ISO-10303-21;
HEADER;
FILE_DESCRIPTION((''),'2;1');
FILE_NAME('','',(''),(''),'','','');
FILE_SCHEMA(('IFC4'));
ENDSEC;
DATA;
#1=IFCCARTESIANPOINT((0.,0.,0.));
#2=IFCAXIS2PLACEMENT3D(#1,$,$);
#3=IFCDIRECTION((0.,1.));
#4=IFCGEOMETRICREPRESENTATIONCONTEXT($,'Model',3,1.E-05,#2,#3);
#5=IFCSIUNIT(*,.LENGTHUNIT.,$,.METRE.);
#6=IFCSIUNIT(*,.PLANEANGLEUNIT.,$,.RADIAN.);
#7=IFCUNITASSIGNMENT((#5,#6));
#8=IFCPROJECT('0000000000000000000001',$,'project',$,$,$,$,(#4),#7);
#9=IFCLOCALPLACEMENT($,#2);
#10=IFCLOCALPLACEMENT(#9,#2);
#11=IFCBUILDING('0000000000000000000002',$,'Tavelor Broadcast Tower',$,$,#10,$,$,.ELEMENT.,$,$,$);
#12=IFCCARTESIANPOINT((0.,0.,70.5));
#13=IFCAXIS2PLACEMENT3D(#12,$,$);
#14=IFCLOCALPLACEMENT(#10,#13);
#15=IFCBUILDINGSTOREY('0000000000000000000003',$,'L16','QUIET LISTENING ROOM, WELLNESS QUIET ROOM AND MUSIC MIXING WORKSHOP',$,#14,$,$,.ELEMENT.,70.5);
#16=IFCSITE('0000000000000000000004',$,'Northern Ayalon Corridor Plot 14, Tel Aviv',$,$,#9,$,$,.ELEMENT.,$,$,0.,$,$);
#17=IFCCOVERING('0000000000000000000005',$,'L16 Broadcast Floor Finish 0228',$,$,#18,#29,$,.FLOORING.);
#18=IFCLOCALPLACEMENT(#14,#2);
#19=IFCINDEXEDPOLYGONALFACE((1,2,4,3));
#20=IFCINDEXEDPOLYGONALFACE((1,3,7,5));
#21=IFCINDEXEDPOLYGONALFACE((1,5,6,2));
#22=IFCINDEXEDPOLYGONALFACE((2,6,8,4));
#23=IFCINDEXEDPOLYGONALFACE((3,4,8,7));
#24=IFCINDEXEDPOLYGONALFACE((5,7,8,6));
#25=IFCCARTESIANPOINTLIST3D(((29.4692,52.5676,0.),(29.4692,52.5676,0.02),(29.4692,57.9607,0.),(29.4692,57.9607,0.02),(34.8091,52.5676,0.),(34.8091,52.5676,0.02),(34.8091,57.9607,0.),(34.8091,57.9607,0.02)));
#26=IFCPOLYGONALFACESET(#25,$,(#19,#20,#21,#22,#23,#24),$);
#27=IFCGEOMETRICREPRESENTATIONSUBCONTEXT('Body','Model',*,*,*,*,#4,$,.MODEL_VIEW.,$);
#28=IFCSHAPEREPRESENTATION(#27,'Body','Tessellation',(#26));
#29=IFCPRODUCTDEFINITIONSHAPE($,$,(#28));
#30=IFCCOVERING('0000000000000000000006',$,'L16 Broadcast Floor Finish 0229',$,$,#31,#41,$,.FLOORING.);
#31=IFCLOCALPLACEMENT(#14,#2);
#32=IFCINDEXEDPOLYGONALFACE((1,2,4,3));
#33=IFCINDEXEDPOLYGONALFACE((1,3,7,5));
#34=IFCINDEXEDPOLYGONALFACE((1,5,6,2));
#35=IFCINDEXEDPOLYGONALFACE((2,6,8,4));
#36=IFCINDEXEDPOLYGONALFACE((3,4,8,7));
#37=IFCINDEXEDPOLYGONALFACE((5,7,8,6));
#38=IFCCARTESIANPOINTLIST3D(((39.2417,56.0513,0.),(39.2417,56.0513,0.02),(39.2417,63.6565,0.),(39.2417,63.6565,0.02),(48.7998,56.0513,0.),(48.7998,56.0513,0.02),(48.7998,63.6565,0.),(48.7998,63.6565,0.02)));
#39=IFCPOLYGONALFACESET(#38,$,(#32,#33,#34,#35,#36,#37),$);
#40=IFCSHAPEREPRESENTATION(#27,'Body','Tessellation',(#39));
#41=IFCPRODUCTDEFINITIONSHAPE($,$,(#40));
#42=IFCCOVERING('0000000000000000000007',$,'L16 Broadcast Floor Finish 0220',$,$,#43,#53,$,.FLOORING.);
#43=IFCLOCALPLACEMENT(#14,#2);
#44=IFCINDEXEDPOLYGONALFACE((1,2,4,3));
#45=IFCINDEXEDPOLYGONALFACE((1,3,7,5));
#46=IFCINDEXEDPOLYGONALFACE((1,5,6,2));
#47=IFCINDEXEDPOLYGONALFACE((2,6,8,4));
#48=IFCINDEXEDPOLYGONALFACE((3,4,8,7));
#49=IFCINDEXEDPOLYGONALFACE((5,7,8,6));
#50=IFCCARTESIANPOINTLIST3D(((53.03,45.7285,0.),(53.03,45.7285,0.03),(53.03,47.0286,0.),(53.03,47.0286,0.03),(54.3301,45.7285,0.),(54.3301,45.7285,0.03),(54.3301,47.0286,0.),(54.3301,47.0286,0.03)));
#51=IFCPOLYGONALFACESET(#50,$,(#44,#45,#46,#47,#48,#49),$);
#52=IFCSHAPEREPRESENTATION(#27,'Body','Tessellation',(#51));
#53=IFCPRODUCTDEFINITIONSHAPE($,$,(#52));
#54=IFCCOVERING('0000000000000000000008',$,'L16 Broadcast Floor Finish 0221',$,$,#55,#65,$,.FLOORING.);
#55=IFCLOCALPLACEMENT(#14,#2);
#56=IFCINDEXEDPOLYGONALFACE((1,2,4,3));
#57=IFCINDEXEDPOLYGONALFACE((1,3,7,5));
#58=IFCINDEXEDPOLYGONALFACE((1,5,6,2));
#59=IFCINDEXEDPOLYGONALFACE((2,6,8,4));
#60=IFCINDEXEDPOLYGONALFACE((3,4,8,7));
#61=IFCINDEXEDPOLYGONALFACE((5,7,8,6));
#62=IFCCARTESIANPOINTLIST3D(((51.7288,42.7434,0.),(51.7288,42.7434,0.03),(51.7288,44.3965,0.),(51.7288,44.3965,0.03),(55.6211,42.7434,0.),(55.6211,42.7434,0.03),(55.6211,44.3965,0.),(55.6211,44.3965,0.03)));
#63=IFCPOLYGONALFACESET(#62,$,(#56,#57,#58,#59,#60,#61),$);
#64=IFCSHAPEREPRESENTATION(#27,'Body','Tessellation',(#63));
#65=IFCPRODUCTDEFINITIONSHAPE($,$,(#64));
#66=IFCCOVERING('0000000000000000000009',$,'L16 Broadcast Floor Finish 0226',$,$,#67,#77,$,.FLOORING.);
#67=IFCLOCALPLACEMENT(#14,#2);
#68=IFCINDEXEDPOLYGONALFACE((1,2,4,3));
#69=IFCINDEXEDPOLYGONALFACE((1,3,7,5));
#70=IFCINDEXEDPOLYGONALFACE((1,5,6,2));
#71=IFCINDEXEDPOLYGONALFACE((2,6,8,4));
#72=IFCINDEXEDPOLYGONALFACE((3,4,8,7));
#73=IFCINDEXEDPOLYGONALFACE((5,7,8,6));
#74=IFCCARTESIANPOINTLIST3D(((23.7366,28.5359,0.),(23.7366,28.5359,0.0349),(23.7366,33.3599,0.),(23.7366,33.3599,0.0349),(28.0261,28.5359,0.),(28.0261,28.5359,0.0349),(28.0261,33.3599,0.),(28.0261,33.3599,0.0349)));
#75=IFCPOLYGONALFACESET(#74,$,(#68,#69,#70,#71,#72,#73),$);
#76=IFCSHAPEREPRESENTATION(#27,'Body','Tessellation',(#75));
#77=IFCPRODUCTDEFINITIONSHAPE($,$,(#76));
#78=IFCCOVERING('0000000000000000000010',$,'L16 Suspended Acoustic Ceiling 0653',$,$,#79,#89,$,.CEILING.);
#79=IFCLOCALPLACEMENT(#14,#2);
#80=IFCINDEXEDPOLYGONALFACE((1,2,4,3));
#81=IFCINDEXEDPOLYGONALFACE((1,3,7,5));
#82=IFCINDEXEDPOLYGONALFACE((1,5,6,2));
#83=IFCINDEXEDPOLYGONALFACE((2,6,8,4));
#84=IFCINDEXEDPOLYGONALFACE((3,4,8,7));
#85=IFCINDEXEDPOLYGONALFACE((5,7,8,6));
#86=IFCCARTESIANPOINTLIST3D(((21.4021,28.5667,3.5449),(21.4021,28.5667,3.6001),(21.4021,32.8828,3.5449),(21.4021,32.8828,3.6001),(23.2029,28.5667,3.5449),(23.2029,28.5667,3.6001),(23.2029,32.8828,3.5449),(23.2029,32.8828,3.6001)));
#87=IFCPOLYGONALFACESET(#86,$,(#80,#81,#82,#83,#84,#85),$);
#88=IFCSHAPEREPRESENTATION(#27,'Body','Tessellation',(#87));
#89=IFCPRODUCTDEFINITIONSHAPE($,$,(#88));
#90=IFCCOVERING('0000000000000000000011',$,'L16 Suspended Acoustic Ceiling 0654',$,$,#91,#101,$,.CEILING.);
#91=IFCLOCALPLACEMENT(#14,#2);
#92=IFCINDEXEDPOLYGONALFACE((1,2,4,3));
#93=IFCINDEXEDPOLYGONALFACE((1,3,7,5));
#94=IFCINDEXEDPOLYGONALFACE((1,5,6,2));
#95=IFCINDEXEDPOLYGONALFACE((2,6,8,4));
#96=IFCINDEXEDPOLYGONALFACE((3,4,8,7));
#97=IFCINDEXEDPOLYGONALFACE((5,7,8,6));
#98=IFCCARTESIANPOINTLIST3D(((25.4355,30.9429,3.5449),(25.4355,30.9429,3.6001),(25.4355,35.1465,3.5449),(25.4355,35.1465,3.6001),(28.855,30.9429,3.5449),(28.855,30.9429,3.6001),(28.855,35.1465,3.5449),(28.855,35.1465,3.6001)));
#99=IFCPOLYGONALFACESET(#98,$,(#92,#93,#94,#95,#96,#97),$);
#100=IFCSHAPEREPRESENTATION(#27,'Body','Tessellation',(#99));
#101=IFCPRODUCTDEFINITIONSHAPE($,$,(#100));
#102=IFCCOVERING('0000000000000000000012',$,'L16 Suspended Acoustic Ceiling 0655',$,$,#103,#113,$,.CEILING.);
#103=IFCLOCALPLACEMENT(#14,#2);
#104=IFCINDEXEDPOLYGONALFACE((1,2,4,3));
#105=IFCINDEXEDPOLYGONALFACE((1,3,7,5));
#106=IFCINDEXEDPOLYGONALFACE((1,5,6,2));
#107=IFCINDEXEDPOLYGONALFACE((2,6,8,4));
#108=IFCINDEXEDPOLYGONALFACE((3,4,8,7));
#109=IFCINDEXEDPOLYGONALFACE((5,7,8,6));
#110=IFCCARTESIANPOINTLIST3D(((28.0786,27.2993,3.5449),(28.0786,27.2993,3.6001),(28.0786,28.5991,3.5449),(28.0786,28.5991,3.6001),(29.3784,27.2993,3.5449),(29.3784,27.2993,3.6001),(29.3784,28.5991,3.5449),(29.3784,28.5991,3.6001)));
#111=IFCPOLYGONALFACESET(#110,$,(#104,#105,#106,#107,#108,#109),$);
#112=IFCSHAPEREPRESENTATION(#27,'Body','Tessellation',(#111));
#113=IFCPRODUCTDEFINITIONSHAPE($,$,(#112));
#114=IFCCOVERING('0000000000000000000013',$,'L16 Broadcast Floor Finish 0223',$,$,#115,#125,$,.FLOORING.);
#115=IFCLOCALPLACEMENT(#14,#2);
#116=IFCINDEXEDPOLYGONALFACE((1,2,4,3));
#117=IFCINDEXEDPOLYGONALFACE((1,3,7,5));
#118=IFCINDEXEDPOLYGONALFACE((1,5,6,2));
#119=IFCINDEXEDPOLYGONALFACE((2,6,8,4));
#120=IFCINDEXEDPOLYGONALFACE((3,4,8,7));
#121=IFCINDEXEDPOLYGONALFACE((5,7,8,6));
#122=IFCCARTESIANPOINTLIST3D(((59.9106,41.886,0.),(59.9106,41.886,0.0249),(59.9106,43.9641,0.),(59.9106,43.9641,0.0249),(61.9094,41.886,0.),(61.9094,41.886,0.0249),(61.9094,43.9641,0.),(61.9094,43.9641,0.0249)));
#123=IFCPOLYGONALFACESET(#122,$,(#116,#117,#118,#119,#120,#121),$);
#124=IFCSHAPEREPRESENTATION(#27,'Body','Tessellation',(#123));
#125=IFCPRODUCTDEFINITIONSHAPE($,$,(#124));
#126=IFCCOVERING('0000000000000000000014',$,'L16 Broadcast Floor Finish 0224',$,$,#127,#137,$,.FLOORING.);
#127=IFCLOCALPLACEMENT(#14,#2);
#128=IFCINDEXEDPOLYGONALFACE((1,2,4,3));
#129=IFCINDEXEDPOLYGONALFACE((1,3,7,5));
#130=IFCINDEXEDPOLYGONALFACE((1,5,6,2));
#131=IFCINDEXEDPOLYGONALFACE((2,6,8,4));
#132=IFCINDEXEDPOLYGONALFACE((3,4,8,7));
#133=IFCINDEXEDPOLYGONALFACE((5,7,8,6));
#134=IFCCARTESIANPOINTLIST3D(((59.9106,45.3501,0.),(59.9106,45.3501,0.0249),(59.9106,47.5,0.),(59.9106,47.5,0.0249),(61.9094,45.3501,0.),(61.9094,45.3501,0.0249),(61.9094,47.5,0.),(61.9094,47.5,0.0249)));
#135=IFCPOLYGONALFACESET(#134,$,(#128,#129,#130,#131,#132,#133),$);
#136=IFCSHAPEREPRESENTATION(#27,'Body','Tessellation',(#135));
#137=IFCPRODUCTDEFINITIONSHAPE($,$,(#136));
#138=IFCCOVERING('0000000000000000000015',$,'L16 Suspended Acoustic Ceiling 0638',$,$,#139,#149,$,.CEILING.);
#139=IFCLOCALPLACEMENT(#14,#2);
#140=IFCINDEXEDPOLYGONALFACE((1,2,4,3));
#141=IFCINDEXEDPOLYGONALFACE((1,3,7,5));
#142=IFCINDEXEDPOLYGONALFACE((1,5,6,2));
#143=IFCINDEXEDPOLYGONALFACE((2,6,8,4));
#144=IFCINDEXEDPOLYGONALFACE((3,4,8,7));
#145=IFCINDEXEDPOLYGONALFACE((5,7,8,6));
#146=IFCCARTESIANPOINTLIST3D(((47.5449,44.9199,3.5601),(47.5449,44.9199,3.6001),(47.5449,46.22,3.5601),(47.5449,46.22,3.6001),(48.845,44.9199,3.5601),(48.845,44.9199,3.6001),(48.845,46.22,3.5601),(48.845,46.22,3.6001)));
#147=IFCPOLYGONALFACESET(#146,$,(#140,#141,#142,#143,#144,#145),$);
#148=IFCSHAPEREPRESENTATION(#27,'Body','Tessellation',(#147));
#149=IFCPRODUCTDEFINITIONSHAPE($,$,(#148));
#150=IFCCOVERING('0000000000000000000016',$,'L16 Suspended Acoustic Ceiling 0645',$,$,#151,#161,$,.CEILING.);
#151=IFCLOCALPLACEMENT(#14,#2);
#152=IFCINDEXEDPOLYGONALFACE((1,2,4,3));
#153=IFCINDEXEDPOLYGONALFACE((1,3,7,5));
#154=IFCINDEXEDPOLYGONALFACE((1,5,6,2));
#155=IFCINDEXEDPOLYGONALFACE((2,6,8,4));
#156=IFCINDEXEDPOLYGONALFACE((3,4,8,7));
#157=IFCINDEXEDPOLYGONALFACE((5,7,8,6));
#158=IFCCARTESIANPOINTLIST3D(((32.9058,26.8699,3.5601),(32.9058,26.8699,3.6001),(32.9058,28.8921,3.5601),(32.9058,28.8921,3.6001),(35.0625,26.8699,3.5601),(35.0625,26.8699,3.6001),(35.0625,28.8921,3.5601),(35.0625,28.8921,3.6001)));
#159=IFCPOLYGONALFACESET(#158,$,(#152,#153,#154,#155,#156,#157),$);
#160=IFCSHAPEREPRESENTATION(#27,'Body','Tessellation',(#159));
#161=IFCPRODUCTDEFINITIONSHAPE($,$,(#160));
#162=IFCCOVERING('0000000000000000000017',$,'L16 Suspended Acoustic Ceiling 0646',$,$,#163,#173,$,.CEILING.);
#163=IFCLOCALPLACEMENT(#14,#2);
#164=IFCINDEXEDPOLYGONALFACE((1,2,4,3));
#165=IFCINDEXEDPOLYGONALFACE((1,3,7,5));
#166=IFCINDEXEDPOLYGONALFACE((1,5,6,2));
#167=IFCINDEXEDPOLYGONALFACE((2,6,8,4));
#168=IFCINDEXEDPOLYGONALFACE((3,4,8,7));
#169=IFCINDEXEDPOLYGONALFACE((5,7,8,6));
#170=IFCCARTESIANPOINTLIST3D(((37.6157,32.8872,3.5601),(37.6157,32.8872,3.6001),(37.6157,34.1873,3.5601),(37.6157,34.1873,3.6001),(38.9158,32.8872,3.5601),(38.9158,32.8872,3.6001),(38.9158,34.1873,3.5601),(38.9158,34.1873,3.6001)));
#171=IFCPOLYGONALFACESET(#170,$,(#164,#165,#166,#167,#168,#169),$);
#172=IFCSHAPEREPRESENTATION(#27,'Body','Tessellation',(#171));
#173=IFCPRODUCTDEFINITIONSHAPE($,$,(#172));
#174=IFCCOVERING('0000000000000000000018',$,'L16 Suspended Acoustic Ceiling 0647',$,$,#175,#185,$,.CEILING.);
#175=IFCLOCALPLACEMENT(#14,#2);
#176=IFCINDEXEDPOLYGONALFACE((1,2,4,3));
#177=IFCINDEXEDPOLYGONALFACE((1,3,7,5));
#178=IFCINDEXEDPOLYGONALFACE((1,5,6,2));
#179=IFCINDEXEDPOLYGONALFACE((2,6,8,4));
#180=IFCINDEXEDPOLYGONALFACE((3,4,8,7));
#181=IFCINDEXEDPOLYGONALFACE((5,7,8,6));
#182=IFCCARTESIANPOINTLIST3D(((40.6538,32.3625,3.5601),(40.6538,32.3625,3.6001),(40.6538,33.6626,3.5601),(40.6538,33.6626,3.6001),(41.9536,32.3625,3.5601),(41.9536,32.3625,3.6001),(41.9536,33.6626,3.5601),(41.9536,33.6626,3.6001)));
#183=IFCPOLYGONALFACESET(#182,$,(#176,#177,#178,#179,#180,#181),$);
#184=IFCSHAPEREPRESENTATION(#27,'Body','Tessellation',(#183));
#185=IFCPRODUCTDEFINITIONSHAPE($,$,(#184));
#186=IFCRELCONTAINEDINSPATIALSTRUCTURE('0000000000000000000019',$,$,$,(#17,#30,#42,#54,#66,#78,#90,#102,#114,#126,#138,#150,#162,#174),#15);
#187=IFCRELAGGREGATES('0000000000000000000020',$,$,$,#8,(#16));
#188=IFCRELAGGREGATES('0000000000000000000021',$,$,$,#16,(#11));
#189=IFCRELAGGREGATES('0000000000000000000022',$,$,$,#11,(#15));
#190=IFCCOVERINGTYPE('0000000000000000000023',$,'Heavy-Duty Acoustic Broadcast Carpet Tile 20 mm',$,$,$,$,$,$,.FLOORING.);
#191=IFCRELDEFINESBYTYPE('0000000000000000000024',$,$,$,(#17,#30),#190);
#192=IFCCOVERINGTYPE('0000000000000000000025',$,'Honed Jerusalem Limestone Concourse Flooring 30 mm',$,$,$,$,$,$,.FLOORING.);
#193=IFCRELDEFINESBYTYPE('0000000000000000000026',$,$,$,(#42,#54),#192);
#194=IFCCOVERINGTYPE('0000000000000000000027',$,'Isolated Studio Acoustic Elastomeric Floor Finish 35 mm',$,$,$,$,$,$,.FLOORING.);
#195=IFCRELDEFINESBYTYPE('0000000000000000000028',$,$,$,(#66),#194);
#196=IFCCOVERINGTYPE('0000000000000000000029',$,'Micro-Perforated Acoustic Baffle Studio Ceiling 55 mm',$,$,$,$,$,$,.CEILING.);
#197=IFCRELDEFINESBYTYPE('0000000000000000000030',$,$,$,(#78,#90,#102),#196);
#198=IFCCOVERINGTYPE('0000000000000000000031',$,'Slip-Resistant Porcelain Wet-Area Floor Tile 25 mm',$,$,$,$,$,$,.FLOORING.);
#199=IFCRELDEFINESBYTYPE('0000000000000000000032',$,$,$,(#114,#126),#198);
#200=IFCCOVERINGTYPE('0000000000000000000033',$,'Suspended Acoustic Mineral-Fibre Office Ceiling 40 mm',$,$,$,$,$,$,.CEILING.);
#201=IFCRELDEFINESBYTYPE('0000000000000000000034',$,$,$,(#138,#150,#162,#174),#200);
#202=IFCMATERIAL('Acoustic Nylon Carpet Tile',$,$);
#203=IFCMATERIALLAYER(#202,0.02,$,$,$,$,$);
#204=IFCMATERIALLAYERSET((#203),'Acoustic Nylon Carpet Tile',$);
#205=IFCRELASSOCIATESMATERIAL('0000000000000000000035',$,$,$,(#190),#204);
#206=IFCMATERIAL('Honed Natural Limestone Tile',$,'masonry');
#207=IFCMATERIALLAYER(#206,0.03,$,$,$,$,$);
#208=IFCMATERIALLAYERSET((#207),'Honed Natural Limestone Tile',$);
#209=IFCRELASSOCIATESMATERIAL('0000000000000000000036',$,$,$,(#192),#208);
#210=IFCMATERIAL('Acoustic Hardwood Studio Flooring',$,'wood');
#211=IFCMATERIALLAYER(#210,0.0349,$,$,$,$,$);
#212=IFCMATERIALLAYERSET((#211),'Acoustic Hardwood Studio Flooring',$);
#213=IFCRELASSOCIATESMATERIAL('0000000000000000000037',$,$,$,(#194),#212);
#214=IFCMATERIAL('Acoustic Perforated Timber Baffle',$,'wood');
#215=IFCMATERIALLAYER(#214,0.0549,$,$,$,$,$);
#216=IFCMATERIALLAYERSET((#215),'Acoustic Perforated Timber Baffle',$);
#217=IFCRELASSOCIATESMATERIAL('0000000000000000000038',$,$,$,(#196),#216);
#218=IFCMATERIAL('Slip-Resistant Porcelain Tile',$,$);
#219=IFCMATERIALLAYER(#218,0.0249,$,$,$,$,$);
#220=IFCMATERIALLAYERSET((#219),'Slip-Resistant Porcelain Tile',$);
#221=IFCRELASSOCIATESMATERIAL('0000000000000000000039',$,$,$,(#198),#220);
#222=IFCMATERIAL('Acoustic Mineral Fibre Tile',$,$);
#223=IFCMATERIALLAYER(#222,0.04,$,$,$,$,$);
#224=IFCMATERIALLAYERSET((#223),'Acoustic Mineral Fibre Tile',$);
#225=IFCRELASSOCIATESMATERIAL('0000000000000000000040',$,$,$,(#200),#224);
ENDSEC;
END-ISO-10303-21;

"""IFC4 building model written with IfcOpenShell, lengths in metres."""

from ifc_helpers import new_model, si_unit, direction, frame, origin, place, context, subcontext, project, spatial, polyline, outline, extrude, material, layer, layer_set, type_object, element, save


model = new_model("IFC4")

# Units and contexts
model_context = context("Model", 3, precision=1e-05, world=origin(), true_north=direction((0.0, 1.0)))
body_context = subcontext(model_context, "Body", "Model", "MODEL_VIEW")
ifc_project = project(units=[si_unit("LENGTHUNIT", "METRE"), si_unit("PLANEANGLEUNIT", "RADIAN")], contexts=[model_context])

# Site, building, storey
site_placement = place(None, origin())
site = spatial("IfcSite", under=ifc_project, at=site_placement, Name="Northern Ayalon Corridor Plot 14, Tel Aviv", CompositionType="ELEMENT", RefElevation=0.0)
building_placement = place(site_placement, origin())
building = spatial("IfcBuilding", under=site, at=building_placement, Name="Tavelor Broadcast Tower", CompositionType="ELEMENT")
storey_placement = place(building_placement, frame((0.0, 0.0, 70.5)))
storey = spatial("IfcBuildingStorey", under=building, at=storey_placement, Name="L16", Description="QUIET LISTENING ROOM, WELLNESS QUIET ROOM AND MUSIC MIXING WORKSHOP", CompositionType="ELEMENT", Elevation=70.5)

# Coverings
ifc_material_1 = material(Name="Acoustic Nylon Carpet Tile")
ifc_layer_1 = layer(ifc_material_1, 0.02)
ifc_layer_set_1 = layer_set([ifc_layer_1], Name="Acoustic Nylon Carpet Tile")
covering_type_1 = type_object("IfcCoveringType", Name="Heavy-Duty Acoustic Broadcast Carpet Tile 20 mm", PredefinedType="FLOORING", material=ifc_layer_set_1)
covering_1_placement = place(storey_placement, origin())
element("IfcCovering", 1, at=covering_1_placement, inside=storey, type_object=covering_type_1, Name="L16 Broadcast Floor Finish 0228", PredefinedType="FLOORING", context=body_context, shape_type="SweptSolid", body=[
    extrude(outline(polyline([(29.4692, 52.5676), (34.8091, 52.5676), (34.8091, 57.9607), (29.4692, 57.9607), (29.4692, 52.5676)])), origin(), (0.0, 0.0, 1.0), 0.02),
])
covering_2_placement = place(storey_placement, origin())
element("IfcCovering", 2, at=covering_2_placement, inside=storey, type_object=covering_type_1, Name="L16 Broadcast Floor Finish 0229", PredefinedType="FLOORING", context=body_context, shape_type="SweptSolid", body=[
    extrude(outline(polyline([(39.2417, 56.0513), (48.7998, 56.0513), (48.7998, 63.6565), (39.2417, 63.6565), (39.2417, 56.0513)])), origin(), (0.0, 0.0, 1.0), 0.02),
])
ifc_material_2 = material(Name="Honed Natural Limestone Tile", Category="masonry")
ifc_layer_2 = layer(ifc_material_2, 0.03)
ifc_layer_set_2 = layer_set([ifc_layer_2], Name="Honed Natural Limestone Tile")
covering_type_2 = type_object("IfcCoveringType", Name="Honed Jerusalem Limestone Concourse Flooring 30 mm", PredefinedType="FLOORING", material=ifc_layer_set_2)
covering_3_placement = place(storey_placement, origin())
element("IfcCovering", 3, at=covering_3_placement, inside=storey, type_object=covering_type_2, Name="L16 Broadcast Floor Finish 0220", PredefinedType="FLOORING", context=body_context, shape_type="SweptSolid", body=[
    extrude(outline(polyline([(53.03, 45.7285), (54.3301, 45.7285), (54.3301, 47.0286), (53.03, 47.0286), (53.03, 45.7285)])), origin(), (0.0, 0.0, 1.0), 0.03),
])
covering_4_placement = place(storey_placement, origin())
element("IfcCovering", 4, at=covering_4_placement, inside=storey, type_object=covering_type_2, Name="L16 Broadcast Floor Finish 0221", PredefinedType="FLOORING", context=body_context, shape_type="SweptSolid", body=[
    extrude(outline(polyline([(51.7288, 42.7434), (55.6211, 42.7434), (55.6211, 44.3965), (51.7288, 44.3965), (51.7288, 42.7434)])), origin(), (0.0, 0.0, 1.0), 0.03),
])
ifc_material_3 = material(Name="Acoustic Hardwood Studio Flooring", Category="wood")
ifc_layer_3 = layer(ifc_material_3, 0.0349)
ifc_layer_set_3 = layer_set([ifc_layer_3], Name="Acoustic Hardwood Studio Flooring")
covering_type_3 = type_object("IfcCoveringType", Name="Isolated Studio Acoustic Elastomeric Floor Finish 35 mm", PredefinedType="FLOORING", material=ifc_layer_set_3)
covering_5_placement = place(storey_placement, origin())
element("IfcCovering", 5, at=covering_5_placement, inside=storey, type_object=covering_type_3, Name="L16 Broadcast Floor Finish 0226", PredefinedType="FLOORING", context=body_context, shape_type="SweptSolid", body=[
    extrude(outline(polyline([(23.7366, 28.5359), (28.0261, 28.5359), (28.0261, 33.3599), (23.7366, 33.3599), (23.7366, 28.5359)])), origin(), (0.0, 0.0, 1.0), 0.0349),
])
ifc_material_4 = material(Name="Acoustic Perforated Timber Baffle", Category="wood")
ifc_layer_4 = layer(ifc_material_4, 0.0549)
ifc_layer_set_4 = layer_set([ifc_layer_4], Name="Acoustic Perforated Timber Baffle")
covering_type_4 = type_object("IfcCoveringType", Name="Micro-Perforated Acoustic Baffle Studio Ceiling 55 mm", PredefinedType="CEILING", material=ifc_layer_set_4)
covering_6_placement = place(storey_placement, frame((0.0, 0.0, 3.5449)))
element("IfcCovering", 6, at=covering_6_placement, inside=storey, type_object=covering_type_4, Name="L16 Suspended Acoustic Ceiling 0653", PredefinedType="CEILING", context=body_context, shape_type="SweptSolid", body=[
    extrude(outline(polyline([(21.4021, 28.5667), (23.2029, 28.5667), (23.2029, 32.8828), (21.4021, 32.8828), (21.4021, 28.5667)])), origin(), (0.0, 0.0, 1.0), 0.0552),
])
covering_7_placement = place(storey_placement, frame((0.0, 0.0, 3.5449)))
element("IfcCovering", 7, at=covering_7_placement, inside=storey, type_object=covering_type_4, Name="L16 Suspended Acoustic Ceiling 0654", PredefinedType="CEILING", context=body_context, shape_type="SweptSolid", body=[
    extrude(outline(polyline([(25.4355, 30.9429), (28.855, 30.9429), (28.855, 35.1465), (25.4355, 35.1465), (25.4355, 30.9429)])), origin(), (0.0, 0.0, 1.0), 0.0552),
])
covering_8_placement = place(storey_placement, frame((0.0, 0.0, 3.5449)))
element("IfcCovering", 8, at=covering_8_placement, inside=storey, type_object=covering_type_4, Name="L16 Suspended Acoustic Ceiling 0655", PredefinedType="CEILING", context=body_context, shape_type="SweptSolid", body=[
    extrude(outline(polyline([(28.0786, 27.2993), (29.3784, 27.2993), (29.3784, 28.5991), (28.0786, 28.5991), (28.0786, 27.2993)])), origin(), (0.0, 0.0, 1.0), 0.0552),
])
ifc_material_5 = material(Name="Slip-Resistant Porcelain Tile")
ifc_layer_5 = layer(ifc_material_5, 0.0249)
ifc_layer_set_5 = layer_set([ifc_layer_5], Name="Slip-Resistant Porcelain Tile")
covering_type_5 = type_object("IfcCoveringType", Name="Slip-Resistant Porcelain Wet-Area Floor Tile 25 mm", PredefinedType="FLOORING", material=ifc_layer_set_5)
covering_9_placement = place(storey_placement, origin())
element("IfcCovering", 9, at=covering_9_placement, inside=storey, type_object=covering_type_5, Name="L16 Broadcast Floor Finish 0223", PredefinedType="FLOORING", context=body_context, shape_type="SweptSolid", body=[
    extrude(outline(polyline([(59.9106, 41.886), (61.9094, 41.886), (61.9094, 43.9641), (59.9106, 43.9641), (59.9106, 41.886)])), origin(), (0.0, 0.0, 1.0), 0.0249),
])
covering_10_placement = place(storey_placement, origin())
element("IfcCovering", 10, at=covering_10_placement, inside=storey, type_object=covering_type_5, Name="L16 Broadcast Floor Finish 0224", PredefinedType="FLOORING", context=body_context, shape_type="SweptSolid", body=[
    extrude(outline(polyline([(59.9106, 45.3501), (61.9094, 45.3501), (61.9094, 47.5), (59.9106, 47.5), (59.9106, 45.3501)])), origin(), (0.0, 0.0, 1.0), 0.0249),
])
ifc_material_6 = material(Name="Acoustic Mineral Fibre Tile")
ifc_layer_6 = layer(ifc_material_6, 0.04)
ifc_layer_set_6 = layer_set([ifc_layer_6], Name="Acoustic Mineral Fibre Tile")
covering_type_6 = type_object("IfcCoveringType", Name="Suspended Acoustic Mineral-Fibre Office Ceiling 40 mm", PredefinedType="CEILING", material=ifc_layer_set_6)
covering_11_placement = place(storey_placement, frame((0.0, 0.0, 3.5601)))
element("IfcCovering", 11, at=covering_11_placement, inside=storey, type_object=covering_type_6, Name="L16 Suspended Acoustic Ceiling 0638", PredefinedType="CEILING", context=body_context, shape_type="SweptSolid", body=[
    extrude(outline(polyline([(47.5449, 44.9199), (48.845, 44.9199), (48.845, 46.22), (47.5449, 46.22), (47.5449, 44.9199)])), origin(), (0.0, 0.0, 1.0), 0.04),
])
covering_12_placement = place(storey_placement, frame((0.0, 0.0, 3.5601)))
element("IfcCovering", 12, at=covering_12_placement, inside=storey, type_object=covering_type_6, Name="L16 Suspended Acoustic Ceiling 0645", PredefinedType="CEILING", context=body_context, shape_type="SweptSolid", body=[
    extrude(outline(polyline([(32.9058, 26.8699), (35.0625, 26.8699), (35.0625, 28.8921), (32.9058, 28.8921), (32.9058, 26.8699)])), origin(), (0.0, 0.0, 1.0), 0.04),
])
covering_13_placement = place(storey_placement, frame((0.0, 0.0, 3.5601)))
element("IfcCovering", 13, at=covering_13_placement, inside=storey, type_object=covering_type_6, Name="L16 Suspended Acoustic Ceiling 0646", PredefinedType="CEILING", context=body_context, shape_type="SweptSolid", body=[
    extrude(outline(polyline([(37.6157, 32.8872), (38.9158, 32.8872), (38.9158, 34.1873), (37.6157, 34.1873), (37.6157, 32.8872)])), origin(), (0.0, 0.0, 1.0), 0.04),
])
covering_14_placement = place(storey_placement, frame((0.0, 0.0, 3.5601)))
element("IfcCovering", 14, at=covering_14_placement, inside=storey, type_object=covering_type_6, Name="L16 Suspended Acoustic Ceiling 0647", PredefinedType="CEILING", context=body_context, shape_type="SweptSolid", body=[
    extrude(outline(polyline([(40.6538, 32.3625), (41.9536, 32.3625), (41.9536, 33.6626), (40.6538, 33.6626), (40.6538, 32.3625)])), origin(), (0.0, 0.0, 1.0), 0.04),
])

save(model, "model.ifc")
